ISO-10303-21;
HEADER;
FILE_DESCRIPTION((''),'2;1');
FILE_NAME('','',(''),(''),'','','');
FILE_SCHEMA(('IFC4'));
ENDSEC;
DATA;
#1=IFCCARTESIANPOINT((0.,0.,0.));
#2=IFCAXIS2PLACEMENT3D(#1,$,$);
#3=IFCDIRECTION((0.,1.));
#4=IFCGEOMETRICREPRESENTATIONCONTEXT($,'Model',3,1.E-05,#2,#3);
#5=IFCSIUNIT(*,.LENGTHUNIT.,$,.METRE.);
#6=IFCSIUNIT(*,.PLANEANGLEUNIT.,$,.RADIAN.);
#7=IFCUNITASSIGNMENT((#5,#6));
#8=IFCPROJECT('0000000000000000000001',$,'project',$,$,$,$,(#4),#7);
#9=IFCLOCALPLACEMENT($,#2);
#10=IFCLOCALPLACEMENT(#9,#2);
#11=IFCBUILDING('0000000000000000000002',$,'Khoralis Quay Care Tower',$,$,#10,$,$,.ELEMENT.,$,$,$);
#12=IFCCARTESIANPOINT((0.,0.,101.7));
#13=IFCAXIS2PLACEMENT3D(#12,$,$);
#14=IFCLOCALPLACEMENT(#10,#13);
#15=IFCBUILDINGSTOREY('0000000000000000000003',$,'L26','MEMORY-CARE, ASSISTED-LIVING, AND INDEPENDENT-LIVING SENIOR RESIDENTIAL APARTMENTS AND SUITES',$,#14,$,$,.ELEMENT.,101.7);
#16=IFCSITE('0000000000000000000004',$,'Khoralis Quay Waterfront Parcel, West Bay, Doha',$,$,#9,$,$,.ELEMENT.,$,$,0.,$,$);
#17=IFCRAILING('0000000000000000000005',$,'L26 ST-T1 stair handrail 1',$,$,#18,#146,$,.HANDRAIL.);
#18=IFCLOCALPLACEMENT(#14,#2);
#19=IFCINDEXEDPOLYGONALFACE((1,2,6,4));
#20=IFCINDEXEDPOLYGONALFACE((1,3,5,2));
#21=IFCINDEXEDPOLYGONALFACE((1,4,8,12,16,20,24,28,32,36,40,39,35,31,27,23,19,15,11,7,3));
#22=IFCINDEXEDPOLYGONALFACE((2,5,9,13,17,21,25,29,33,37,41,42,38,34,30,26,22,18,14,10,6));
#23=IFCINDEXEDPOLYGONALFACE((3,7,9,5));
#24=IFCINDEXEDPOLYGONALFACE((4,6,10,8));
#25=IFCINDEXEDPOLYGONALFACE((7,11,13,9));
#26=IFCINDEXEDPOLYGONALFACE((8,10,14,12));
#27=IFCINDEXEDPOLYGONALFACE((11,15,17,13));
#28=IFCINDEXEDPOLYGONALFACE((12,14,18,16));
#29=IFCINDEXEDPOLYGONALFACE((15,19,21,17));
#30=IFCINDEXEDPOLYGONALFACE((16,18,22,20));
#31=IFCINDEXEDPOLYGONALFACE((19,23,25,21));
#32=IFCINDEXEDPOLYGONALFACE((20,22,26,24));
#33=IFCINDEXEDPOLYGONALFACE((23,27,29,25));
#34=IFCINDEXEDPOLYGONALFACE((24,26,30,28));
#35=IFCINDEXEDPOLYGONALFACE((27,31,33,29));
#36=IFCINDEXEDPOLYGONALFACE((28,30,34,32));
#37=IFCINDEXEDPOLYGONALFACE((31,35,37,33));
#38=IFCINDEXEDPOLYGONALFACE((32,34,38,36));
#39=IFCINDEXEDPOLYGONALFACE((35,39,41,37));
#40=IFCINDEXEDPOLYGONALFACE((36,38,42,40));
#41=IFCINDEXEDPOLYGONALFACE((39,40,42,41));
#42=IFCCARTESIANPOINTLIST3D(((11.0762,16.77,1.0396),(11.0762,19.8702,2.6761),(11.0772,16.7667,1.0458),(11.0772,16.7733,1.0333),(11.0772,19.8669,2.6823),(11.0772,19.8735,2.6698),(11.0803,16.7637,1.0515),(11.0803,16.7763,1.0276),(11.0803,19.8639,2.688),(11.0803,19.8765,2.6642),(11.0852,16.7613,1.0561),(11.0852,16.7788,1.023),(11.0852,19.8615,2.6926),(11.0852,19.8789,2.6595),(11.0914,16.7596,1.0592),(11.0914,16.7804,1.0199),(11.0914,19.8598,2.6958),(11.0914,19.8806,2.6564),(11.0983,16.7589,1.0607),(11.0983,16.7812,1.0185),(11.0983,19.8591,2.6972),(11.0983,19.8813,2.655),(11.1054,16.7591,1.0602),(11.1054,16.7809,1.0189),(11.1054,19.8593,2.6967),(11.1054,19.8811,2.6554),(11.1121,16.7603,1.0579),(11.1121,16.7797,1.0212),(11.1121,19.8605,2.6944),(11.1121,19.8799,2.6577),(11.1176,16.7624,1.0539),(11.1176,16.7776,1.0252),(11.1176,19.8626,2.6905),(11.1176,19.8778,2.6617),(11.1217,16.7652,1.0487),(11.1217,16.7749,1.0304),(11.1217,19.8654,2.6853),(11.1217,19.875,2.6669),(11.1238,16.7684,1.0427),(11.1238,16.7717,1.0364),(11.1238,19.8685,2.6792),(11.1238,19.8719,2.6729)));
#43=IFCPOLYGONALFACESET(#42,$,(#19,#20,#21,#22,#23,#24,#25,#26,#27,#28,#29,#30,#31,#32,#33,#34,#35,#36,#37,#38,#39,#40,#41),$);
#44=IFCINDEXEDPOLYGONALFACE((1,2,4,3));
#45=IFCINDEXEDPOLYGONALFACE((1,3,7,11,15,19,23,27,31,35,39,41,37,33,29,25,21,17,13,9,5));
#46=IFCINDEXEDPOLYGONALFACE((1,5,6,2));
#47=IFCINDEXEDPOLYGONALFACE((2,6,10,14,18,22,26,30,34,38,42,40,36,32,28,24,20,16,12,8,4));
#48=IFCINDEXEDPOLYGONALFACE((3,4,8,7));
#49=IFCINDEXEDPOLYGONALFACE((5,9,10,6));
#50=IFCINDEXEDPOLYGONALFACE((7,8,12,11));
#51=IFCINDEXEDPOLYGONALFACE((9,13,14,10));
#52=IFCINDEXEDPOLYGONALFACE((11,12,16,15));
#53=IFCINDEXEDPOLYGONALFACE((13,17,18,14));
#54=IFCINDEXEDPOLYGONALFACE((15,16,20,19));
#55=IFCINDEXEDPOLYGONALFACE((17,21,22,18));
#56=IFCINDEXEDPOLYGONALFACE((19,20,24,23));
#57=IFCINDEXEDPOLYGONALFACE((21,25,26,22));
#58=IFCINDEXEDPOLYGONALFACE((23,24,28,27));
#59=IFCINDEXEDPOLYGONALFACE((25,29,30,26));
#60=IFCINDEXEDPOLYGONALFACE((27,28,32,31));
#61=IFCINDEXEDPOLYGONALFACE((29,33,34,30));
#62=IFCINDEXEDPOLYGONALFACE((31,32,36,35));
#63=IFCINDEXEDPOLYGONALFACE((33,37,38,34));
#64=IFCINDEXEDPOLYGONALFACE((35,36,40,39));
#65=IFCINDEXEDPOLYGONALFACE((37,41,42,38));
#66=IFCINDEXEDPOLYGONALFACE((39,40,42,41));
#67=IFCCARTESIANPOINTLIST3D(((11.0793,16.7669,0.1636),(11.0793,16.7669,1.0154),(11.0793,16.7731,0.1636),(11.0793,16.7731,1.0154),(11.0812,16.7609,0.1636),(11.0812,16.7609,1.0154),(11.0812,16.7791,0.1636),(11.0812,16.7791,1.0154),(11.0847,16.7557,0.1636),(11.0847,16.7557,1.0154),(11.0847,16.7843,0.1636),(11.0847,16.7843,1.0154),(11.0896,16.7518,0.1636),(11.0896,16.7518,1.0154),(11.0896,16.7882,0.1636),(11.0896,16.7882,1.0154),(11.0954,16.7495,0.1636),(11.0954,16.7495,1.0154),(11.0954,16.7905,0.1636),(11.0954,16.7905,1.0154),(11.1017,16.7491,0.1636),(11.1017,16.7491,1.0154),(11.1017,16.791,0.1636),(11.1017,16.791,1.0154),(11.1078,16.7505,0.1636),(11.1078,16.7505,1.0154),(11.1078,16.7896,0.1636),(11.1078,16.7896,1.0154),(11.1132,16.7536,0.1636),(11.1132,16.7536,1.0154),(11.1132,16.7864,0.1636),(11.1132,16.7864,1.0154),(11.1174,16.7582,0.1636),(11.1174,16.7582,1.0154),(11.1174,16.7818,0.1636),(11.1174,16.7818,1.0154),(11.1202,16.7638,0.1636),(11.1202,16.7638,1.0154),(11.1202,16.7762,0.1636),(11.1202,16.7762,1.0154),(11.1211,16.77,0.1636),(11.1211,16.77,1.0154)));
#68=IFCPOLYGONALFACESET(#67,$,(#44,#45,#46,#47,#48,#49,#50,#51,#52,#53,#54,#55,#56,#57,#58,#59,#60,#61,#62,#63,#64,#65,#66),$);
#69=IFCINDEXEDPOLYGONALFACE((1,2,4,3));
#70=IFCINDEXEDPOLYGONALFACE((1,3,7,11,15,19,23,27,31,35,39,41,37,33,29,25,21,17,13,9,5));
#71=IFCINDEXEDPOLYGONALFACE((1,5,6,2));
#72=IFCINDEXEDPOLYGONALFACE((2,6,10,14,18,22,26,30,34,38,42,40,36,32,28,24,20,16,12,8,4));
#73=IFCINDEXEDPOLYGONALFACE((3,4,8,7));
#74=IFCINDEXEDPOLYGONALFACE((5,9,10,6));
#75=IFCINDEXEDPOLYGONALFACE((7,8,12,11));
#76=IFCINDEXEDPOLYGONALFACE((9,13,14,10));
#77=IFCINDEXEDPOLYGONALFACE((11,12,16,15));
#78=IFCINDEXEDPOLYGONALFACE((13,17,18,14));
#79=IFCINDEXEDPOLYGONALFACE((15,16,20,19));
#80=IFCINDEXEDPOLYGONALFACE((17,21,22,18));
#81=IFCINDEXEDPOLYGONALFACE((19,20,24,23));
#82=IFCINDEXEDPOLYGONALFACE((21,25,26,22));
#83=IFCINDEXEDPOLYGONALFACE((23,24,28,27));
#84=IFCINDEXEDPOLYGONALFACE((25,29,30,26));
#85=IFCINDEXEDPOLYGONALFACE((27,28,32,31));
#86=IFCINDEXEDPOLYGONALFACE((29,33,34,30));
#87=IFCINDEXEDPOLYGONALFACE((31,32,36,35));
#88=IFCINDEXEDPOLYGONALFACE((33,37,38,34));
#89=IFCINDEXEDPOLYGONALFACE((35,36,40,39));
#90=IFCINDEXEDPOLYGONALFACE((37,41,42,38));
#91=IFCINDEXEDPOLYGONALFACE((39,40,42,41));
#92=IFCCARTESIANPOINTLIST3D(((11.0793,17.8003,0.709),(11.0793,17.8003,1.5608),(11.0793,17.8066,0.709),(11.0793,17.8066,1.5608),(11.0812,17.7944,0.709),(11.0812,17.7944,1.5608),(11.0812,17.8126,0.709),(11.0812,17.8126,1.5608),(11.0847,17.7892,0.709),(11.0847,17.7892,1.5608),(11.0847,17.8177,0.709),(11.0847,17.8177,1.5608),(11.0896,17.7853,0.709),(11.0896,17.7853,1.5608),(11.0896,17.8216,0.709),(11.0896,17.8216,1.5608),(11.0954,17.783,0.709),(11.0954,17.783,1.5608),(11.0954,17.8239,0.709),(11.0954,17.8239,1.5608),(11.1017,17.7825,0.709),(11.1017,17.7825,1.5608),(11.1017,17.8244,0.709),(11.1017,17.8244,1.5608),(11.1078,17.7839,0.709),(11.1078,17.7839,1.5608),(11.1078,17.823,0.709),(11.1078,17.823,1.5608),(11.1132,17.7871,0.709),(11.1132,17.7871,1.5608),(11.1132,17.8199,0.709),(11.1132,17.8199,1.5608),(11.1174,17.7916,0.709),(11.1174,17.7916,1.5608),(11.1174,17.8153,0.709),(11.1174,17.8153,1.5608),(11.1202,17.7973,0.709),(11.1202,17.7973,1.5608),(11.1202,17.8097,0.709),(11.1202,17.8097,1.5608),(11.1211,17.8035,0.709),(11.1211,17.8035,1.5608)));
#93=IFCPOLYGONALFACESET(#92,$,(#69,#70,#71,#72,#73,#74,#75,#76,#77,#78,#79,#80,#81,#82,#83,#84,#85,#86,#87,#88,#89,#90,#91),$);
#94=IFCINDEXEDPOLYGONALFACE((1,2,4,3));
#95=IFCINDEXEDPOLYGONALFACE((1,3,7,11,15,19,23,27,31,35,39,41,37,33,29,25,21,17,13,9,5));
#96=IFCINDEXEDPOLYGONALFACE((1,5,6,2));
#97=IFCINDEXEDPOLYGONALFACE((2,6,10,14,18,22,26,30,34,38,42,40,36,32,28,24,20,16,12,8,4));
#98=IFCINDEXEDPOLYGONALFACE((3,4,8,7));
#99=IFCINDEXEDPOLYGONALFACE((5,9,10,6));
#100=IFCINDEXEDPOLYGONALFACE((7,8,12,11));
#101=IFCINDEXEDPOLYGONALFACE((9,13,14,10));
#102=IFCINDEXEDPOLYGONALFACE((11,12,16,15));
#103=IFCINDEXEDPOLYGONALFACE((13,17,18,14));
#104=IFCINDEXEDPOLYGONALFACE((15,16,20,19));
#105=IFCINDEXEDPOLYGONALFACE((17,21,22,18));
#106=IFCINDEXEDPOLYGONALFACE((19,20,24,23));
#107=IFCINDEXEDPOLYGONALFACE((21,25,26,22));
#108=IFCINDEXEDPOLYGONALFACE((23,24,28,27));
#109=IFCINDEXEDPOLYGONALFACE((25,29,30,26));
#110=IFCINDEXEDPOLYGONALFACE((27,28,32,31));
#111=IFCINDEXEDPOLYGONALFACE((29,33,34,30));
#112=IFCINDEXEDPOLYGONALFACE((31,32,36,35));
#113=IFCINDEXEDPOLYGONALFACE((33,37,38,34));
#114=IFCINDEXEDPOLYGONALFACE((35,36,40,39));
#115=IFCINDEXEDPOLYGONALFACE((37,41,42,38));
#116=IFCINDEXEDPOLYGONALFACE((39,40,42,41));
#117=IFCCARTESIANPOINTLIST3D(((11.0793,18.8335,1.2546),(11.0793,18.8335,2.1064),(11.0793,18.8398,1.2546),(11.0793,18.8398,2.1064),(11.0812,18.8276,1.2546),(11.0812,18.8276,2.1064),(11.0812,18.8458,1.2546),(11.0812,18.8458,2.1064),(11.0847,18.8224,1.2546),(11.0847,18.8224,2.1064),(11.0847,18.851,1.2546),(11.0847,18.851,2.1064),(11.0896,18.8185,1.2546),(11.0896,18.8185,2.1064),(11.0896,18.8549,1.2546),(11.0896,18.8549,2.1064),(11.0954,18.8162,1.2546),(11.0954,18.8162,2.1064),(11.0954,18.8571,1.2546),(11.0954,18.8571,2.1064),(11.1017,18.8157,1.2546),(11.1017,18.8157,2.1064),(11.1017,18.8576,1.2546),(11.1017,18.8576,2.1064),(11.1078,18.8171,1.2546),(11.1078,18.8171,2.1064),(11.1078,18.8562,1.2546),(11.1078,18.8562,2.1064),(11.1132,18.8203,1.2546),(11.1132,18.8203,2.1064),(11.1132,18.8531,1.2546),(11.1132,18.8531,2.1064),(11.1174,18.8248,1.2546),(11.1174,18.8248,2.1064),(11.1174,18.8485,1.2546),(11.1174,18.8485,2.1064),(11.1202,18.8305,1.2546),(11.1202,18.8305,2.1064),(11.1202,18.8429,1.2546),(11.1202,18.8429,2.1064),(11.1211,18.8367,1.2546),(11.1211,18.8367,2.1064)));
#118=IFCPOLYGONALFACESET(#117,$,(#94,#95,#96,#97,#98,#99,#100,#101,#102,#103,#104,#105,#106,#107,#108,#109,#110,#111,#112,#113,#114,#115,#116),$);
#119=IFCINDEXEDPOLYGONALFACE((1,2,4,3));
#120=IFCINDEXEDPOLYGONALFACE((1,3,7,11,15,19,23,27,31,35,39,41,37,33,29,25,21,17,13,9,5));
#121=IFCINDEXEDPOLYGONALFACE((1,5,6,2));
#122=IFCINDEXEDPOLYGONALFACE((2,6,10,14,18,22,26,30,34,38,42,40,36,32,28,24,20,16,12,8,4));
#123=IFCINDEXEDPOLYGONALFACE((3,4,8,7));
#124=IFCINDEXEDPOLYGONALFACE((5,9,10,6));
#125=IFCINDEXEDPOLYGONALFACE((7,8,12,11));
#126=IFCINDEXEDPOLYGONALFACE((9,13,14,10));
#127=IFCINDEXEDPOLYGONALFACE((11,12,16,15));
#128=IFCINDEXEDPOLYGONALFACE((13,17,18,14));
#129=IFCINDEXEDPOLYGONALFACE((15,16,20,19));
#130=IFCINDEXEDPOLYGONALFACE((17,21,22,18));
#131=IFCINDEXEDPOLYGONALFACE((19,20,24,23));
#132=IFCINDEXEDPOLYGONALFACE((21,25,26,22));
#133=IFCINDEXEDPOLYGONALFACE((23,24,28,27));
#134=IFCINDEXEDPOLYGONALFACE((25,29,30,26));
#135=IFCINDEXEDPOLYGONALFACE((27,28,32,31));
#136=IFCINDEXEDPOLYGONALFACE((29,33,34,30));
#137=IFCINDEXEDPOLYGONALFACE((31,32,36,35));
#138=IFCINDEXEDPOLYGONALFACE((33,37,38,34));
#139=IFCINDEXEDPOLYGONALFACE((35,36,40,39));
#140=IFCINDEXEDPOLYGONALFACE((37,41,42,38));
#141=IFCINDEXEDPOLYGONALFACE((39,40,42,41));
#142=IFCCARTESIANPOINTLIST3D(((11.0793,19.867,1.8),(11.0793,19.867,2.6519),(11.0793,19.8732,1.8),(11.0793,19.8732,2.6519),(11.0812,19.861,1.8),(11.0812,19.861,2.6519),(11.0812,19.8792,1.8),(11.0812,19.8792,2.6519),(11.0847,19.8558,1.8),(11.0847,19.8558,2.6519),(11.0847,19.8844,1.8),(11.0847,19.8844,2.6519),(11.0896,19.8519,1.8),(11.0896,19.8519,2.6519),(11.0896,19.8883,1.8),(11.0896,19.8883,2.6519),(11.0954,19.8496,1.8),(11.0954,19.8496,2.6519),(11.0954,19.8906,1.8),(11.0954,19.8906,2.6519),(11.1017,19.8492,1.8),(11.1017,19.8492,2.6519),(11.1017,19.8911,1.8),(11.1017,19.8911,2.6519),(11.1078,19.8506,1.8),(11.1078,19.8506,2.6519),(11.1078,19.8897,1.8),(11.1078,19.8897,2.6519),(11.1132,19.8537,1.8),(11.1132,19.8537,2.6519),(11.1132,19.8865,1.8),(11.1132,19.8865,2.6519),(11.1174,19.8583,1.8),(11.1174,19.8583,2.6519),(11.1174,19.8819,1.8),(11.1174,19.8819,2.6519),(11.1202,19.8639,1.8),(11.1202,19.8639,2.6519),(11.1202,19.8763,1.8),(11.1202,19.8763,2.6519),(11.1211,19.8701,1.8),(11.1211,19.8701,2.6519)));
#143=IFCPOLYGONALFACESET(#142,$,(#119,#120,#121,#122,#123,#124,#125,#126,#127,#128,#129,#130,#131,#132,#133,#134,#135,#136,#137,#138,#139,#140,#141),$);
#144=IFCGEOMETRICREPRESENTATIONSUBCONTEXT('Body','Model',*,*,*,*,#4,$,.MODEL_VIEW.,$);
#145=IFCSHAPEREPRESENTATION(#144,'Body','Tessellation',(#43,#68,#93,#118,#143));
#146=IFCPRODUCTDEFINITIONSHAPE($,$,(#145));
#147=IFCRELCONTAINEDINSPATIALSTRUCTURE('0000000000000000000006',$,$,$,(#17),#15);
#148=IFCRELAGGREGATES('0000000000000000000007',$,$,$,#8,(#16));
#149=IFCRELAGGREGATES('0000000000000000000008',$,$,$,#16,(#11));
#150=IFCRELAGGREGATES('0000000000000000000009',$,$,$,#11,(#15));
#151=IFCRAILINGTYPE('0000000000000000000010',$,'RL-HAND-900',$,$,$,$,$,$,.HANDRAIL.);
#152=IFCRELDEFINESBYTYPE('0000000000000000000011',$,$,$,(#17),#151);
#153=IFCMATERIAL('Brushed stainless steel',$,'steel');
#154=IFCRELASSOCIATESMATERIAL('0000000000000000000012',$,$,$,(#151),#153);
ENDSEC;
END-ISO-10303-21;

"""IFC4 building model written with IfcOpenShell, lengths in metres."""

from ifc_helpers import new_model, si_unit, direction, frame, origin, origin_2d, place, context, subcontext, project, spatial, circle, extrude, material, type_object, element, save


model = new_model("IFC4")

# Units and contexts
model_context = context("Model", 3, precision=1e-05, world=origin(), true_north=direction((0.0, 1.0)))
body_context = subcontext(model_context, "Body", "Model", "MODEL_VIEW")
ifc_project = project(units=[si_unit("LENGTHUNIT", "METRE"), si_unit("PLANEANGLEUNIT", "RADIAN")], contexts=[model_context])

# Site, building, storey
site_placement = place(None, origin())
site = spatial("IfcSite", under=ifc_project, at=site_placement, Name="Khoralis Quay Waterfront Parcel, West Bay, Doha", CompositionType="ELEMENT", RefElevation=0.0)
building_placement = place(site_placement, origin())
building = spatial("IfcBuilding", under=site, at=building_placement, Name="Khoralis Quay Care Tower", CompositionType="ELEMENT")
storey_placement = place(building_placement, frame((0.0, 0.0, 101.7)))
storey = spatial("IfcBuildingStorey", under=building, at=storey_placement, Name="L26", Description="MEMORY-CARE, ASSISTED-LIVING, AND INDEPENDENT-LIVING SENIOR RESIDENTIAL APARTMENTS AND SUITES", CompositionType="ELEMENT", Elevation=101.7)

# Shared definitions
ifc_material_1 = material(Name="Brushed stainless steel", Category="steel")

# Railing
railing_type_1 = type_object("IfcRailingType", Name="RL-HAND-900", PredefinedType="HANDRAIL", material=ifc_material_1)
railing_1_placement = place(storey_placement, frame((11.1001, 16.77, 0.1636)))
element("IfcRailing", 1, at=railing_1_placement, inside=storey, type_object=railing_type_1, Name="L26 ST-T1 stair handrail 1", PredefinedType="HANDRAIL", context=body_context, shape_type="SweptSolid", body=[
    extrude(circle(Radius=0.0239, at=origin_2d()), frame((0.0, 0.0, 0.876), z_axis=(0.0, 0.884348, 0.466828), x_axis=(-1.0, 0.0, 0.0)), (0.0, 0.0, 1.0), 3.5056),
    extrude(circle(Radius=0.021, at=origin_2d()), origin(), (0.0, 0.0, 1.0), 0.8518),
    extrude(circle(Radius=0.021, at=origin_2d()), frame((0.0, 1.0334, 0.5454)), (0.0, 0.0, 1.0), 0.8518),
    extrude(circle(Radius=0.021, at=origin_2d()), frame((0.0, 2.0667, 1.0911)), (0.0, 0.0, 1.0), 0.8518),
    extrude(circle(Radius=0.021, at=origin_2d()), frame((0.0, 3.1001, 1.6365)), (0.0, 0.0, 1.0), 0.8518),
])

save(model, "model.ifc")
